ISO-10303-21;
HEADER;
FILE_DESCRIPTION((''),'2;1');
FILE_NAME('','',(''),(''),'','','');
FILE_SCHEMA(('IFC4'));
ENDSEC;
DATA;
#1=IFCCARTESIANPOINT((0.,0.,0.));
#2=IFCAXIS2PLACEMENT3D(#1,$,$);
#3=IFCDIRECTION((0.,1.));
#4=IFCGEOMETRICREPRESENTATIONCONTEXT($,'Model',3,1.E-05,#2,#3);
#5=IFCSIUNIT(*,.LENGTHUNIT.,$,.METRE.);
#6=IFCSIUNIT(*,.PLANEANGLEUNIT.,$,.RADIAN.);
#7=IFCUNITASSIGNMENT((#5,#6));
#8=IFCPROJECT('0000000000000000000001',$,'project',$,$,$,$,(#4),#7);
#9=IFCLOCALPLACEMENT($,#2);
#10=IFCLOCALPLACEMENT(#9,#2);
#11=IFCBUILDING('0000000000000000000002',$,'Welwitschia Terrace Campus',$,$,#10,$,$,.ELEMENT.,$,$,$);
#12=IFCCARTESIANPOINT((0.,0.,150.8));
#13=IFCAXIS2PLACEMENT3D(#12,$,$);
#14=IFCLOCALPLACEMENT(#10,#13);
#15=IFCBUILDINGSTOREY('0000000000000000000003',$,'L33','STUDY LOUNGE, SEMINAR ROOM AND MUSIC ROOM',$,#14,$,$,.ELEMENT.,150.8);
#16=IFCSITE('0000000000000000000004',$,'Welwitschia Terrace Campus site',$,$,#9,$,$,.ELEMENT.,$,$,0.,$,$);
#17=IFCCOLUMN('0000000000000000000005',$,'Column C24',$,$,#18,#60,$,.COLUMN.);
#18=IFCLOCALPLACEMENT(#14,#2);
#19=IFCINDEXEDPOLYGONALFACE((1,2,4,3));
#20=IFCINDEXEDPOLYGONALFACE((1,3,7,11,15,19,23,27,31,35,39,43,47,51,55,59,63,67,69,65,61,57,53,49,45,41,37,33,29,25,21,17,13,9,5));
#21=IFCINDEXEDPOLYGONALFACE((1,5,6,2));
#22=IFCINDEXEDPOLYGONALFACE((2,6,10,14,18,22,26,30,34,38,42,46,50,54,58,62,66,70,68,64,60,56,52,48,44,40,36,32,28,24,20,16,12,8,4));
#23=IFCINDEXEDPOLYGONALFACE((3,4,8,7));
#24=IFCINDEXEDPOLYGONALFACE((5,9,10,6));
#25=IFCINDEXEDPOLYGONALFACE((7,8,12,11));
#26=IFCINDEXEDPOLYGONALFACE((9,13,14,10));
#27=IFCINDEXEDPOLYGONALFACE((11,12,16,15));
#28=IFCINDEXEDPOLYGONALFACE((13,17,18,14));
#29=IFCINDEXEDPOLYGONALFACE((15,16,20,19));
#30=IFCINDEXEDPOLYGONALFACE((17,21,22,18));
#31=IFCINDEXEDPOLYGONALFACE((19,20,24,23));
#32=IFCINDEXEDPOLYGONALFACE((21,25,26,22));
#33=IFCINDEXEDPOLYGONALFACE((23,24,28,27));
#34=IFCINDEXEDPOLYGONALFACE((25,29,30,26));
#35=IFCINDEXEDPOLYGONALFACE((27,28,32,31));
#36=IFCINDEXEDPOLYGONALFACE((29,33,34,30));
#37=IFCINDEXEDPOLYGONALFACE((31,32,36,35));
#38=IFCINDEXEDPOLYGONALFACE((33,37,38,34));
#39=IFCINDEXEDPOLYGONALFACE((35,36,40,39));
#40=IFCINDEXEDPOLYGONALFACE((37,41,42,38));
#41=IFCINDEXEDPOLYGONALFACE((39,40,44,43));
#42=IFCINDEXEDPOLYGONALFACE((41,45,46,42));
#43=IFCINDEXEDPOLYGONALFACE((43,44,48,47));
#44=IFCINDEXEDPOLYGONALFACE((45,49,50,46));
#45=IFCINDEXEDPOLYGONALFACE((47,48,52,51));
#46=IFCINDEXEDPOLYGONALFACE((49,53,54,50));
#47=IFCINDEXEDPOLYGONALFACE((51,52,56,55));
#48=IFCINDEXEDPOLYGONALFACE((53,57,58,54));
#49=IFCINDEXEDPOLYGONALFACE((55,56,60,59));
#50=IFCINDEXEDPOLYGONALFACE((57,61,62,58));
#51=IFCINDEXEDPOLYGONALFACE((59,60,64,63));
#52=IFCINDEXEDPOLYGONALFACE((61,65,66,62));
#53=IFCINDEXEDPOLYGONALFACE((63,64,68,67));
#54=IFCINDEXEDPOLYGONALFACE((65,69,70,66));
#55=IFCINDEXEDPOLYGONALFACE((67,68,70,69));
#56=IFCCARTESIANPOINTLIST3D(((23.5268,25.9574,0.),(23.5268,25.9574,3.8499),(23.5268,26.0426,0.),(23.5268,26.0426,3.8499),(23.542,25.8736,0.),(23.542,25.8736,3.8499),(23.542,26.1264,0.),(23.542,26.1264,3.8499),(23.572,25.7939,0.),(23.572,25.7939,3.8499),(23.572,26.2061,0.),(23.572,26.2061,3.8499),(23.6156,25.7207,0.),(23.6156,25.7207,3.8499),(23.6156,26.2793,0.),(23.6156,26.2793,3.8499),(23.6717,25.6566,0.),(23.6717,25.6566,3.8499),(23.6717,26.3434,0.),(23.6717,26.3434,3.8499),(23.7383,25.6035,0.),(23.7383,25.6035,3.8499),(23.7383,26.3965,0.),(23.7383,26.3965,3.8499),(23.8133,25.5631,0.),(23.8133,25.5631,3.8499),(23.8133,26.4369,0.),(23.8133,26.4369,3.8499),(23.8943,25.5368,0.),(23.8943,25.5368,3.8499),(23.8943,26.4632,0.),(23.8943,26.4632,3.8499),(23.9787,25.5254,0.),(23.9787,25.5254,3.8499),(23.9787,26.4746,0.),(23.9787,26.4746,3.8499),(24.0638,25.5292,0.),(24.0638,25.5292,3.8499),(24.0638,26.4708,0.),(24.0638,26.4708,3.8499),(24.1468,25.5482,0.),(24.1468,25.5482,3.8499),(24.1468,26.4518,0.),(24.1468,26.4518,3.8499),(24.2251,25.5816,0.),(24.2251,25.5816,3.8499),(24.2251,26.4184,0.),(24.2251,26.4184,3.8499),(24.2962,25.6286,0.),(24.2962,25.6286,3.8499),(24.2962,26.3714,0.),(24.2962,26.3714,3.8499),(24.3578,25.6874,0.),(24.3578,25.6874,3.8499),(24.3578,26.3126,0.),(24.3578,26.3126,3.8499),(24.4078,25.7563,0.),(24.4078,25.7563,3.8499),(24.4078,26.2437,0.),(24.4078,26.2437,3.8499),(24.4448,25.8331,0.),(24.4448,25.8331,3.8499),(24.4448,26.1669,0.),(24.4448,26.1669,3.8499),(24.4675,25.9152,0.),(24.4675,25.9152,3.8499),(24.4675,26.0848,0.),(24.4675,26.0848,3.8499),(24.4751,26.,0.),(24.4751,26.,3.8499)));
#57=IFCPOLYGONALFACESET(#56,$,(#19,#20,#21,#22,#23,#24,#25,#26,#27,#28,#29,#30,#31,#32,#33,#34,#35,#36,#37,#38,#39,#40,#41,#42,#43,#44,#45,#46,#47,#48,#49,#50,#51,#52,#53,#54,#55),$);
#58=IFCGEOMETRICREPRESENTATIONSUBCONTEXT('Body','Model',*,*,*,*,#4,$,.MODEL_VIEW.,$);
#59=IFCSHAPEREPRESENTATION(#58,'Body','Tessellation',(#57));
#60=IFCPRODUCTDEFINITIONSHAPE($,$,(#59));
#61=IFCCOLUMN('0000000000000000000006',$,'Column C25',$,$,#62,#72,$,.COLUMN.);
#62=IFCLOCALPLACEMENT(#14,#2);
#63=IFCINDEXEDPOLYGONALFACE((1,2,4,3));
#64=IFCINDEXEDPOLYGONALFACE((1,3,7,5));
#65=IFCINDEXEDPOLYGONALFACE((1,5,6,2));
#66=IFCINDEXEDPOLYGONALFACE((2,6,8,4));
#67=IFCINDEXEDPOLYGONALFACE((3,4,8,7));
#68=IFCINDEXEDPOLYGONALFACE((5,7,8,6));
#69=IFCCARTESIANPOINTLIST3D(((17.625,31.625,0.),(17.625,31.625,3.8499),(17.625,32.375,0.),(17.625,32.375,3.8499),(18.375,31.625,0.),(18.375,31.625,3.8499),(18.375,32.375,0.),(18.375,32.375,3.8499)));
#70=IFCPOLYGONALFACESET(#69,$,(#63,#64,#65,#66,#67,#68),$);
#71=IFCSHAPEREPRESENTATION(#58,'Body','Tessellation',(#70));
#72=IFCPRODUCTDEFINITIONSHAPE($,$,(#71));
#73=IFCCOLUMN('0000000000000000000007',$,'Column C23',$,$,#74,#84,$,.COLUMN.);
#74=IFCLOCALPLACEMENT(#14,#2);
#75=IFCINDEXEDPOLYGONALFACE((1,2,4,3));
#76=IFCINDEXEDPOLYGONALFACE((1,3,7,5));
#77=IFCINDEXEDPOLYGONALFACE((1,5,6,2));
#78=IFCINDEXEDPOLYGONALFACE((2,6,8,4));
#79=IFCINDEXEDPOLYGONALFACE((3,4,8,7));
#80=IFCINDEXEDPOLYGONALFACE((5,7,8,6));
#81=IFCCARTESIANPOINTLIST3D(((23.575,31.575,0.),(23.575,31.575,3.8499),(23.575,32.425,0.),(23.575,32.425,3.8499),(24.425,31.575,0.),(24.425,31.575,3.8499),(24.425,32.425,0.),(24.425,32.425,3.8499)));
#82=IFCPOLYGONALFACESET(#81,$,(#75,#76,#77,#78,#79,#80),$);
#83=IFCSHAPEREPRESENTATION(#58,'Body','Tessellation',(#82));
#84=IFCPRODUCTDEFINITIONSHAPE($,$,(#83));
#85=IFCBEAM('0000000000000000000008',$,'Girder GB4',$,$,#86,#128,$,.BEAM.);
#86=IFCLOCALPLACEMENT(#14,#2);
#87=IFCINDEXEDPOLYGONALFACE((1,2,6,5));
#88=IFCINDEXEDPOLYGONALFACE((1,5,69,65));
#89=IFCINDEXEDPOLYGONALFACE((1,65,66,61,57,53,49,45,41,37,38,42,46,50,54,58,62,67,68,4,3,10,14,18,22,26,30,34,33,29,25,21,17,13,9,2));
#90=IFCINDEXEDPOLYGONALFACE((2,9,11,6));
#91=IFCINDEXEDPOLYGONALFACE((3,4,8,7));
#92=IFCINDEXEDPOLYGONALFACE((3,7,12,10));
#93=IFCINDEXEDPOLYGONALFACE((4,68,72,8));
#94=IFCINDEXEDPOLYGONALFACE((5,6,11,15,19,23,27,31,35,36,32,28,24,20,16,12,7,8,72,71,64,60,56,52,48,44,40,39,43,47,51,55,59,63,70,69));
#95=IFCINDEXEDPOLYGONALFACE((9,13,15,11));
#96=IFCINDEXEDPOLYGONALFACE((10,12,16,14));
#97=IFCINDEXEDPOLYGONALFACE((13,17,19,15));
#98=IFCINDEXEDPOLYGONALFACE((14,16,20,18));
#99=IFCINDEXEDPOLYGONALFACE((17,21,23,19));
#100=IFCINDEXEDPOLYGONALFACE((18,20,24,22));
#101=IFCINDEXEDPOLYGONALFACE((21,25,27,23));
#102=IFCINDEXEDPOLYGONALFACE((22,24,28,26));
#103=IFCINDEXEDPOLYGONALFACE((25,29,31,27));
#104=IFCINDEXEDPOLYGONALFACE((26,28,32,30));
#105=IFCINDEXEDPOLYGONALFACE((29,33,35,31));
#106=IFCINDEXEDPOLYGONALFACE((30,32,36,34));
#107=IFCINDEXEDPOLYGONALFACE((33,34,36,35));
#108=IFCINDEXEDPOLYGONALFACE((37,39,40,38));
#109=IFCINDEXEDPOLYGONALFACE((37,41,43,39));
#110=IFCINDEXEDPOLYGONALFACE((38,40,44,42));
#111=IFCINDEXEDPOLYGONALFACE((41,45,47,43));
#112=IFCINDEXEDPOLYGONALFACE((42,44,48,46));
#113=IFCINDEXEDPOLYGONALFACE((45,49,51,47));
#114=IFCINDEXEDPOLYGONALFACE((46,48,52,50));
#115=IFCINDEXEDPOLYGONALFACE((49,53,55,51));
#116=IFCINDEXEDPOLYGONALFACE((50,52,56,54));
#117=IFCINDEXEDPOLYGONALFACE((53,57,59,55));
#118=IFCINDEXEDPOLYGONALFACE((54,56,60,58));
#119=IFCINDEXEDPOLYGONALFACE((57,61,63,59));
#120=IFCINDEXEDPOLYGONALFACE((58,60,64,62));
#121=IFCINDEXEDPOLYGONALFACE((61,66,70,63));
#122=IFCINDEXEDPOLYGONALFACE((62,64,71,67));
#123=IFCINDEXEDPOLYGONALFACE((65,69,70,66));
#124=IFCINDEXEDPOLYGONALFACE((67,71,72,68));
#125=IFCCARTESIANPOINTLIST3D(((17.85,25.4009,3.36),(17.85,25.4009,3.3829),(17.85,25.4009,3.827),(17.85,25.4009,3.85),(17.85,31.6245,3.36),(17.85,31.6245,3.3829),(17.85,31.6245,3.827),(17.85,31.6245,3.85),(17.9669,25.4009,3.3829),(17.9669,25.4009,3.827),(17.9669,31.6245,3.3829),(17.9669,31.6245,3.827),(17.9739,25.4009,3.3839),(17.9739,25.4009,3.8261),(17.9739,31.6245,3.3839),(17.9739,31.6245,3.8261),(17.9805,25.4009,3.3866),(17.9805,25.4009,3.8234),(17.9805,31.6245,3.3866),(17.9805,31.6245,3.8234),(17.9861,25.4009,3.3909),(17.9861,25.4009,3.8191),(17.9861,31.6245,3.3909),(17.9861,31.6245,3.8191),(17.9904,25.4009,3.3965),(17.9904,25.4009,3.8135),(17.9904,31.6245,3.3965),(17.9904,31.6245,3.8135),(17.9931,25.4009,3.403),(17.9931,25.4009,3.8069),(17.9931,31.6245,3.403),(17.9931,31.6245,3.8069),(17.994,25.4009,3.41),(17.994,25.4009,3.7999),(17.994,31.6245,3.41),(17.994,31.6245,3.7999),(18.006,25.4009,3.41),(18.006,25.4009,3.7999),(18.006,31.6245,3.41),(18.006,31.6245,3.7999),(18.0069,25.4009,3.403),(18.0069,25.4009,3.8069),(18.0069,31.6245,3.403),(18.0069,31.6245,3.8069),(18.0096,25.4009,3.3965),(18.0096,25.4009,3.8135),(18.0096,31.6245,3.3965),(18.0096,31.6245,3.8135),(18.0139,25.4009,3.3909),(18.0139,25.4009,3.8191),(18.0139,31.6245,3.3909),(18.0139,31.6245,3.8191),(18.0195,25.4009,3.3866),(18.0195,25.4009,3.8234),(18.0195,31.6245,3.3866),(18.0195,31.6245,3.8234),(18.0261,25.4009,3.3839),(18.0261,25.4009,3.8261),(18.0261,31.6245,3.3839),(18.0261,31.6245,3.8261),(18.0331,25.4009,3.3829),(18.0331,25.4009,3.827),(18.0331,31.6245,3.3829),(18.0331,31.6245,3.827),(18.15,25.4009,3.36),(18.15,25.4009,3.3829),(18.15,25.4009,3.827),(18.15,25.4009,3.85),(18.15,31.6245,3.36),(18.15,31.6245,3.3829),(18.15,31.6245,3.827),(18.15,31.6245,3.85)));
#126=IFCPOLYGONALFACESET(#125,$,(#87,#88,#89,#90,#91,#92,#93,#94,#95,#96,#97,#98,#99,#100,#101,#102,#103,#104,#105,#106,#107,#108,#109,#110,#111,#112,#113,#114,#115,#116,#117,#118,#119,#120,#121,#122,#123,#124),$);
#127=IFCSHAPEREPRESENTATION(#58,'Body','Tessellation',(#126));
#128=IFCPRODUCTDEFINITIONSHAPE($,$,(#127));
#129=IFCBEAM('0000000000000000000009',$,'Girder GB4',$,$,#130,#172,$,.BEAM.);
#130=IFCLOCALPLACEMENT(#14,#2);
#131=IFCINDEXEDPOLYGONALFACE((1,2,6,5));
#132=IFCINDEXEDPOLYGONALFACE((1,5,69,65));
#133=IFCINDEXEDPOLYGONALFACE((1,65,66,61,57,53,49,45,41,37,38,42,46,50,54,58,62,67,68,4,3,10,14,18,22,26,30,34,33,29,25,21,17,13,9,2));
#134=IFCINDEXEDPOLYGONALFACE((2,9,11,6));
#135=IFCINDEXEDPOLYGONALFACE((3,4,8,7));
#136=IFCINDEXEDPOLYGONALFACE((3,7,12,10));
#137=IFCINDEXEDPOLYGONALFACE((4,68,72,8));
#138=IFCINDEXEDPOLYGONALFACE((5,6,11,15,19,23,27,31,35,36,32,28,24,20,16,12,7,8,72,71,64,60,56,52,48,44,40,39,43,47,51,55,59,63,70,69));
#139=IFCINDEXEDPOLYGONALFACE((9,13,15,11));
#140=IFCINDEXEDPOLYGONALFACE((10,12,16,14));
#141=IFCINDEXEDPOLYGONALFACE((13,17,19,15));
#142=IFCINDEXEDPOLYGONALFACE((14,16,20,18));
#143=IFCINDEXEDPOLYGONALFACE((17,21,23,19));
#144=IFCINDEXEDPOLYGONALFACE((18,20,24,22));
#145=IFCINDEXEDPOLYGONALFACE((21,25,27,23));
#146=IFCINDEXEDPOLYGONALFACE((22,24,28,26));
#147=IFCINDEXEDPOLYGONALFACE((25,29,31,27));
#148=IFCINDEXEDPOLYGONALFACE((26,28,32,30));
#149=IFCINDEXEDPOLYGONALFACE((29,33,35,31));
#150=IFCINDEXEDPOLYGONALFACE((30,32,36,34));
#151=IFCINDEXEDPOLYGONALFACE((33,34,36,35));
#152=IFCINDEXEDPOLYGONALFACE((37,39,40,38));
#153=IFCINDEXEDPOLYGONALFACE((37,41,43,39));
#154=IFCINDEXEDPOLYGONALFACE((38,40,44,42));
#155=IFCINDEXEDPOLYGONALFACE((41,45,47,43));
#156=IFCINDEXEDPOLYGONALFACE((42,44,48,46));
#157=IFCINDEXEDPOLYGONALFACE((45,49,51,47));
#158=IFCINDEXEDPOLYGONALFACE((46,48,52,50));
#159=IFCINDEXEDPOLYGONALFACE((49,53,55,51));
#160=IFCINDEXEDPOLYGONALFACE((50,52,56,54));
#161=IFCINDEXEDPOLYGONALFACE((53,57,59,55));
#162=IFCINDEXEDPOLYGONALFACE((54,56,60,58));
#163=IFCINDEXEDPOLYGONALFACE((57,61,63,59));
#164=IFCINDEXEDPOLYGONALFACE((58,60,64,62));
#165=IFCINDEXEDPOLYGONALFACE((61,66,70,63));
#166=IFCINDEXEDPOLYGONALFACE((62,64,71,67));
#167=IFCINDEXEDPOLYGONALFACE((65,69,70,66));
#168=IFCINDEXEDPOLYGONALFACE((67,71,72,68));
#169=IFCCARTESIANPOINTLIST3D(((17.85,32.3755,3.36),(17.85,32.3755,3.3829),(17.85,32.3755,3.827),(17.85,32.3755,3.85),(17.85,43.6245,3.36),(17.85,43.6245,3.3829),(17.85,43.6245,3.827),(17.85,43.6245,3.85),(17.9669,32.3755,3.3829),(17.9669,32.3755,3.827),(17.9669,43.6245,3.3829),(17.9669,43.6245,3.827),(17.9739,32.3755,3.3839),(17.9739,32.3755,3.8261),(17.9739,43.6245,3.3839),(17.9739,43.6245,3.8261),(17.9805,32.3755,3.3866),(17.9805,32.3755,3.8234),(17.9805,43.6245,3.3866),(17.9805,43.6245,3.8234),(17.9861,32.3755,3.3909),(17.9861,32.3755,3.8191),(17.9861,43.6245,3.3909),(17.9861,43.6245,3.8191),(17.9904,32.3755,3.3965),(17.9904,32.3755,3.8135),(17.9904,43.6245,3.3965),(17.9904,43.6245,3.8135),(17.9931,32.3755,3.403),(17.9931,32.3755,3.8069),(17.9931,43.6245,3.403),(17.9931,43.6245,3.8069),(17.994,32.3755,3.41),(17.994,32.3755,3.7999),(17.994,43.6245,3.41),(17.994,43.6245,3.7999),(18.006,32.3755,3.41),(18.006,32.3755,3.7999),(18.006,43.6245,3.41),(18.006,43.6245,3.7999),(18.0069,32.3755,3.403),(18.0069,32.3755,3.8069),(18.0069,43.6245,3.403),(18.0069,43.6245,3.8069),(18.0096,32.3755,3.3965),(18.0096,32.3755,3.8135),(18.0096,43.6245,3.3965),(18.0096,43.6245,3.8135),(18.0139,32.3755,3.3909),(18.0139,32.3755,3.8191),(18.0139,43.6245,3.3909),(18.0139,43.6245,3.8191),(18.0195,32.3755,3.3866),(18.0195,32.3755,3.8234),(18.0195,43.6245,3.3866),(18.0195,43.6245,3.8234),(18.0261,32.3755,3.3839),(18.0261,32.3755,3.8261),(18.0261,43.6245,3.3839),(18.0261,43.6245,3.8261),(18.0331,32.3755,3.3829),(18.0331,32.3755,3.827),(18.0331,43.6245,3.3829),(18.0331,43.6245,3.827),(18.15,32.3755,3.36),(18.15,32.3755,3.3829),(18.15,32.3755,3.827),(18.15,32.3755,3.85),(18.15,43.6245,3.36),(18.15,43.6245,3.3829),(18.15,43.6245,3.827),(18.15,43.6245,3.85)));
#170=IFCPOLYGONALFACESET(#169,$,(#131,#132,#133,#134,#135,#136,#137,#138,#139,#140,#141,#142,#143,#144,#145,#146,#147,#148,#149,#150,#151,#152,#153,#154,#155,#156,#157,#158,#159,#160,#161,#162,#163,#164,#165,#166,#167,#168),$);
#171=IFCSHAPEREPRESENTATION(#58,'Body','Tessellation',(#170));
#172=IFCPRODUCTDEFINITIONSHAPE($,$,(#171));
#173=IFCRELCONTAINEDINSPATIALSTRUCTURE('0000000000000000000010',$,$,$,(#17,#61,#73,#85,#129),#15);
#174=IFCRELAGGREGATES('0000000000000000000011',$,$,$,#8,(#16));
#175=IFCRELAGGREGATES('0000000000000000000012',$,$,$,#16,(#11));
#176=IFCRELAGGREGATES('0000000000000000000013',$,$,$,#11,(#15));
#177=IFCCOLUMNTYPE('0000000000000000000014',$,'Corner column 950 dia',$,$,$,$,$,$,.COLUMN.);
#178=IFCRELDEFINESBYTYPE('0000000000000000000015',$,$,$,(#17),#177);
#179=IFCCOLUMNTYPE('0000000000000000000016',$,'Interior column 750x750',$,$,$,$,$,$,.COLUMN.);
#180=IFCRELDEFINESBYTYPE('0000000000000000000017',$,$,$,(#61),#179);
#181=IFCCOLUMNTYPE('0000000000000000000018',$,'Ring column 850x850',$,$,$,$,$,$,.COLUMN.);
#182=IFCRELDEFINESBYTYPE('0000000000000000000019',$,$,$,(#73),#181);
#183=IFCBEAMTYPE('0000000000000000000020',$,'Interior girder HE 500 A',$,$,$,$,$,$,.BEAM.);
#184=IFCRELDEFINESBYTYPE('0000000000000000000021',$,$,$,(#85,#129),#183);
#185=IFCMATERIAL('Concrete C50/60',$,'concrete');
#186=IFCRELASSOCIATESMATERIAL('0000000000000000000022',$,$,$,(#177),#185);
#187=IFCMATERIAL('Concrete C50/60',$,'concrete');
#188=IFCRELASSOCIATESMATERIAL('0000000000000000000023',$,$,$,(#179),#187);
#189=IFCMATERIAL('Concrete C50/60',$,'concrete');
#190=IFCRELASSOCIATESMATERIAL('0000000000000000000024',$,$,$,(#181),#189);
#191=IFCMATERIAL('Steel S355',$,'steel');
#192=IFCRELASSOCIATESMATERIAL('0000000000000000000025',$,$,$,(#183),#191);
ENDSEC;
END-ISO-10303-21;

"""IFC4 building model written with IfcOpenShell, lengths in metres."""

from ifc_helpers import new_model, si_unit, direction, frame, origin, origin_2d, place, context, subcontext, project, spatial, rectangle, circle, i_section, extrude, material, material_profile, profile_set, type_object, element, save


model = new_model("IFC4")

# Units and contexts
model_context = context("Model", 3, precision=1e-05, world=origin(), true_north=direction((0.0, 1.0)))
body_context = subcontext(model_context, "Body", "Model", "MODEL_VIEW")
ifc_project = project(units=[si_unit("LENGTHUNIT", "METRE"), si_unit("PLANEANGLEUNIT", "RADIAN")], contexts=[model_context])

# Site, building, storey
site_placement = place(None, origin())
site = spatial("IfcSite", under=ifc_project, at=site_placement, Name="Welwitschia Terrace Campus site", CompositionType="ELEMENT", RefElevation=0.0)
building_placement = place(site_placement, origin())
building = spatial("IfcBuilding", under=site, at=building_placement, Name="Welwitschia Terrace Campus", CompositionType="ELEMENT")
storey_placement = place(building_placement, frame((0.0, 0.0, 150.8)))
storey = spatial("IfcBuildingStorey", under=building, at=storey_placement, Name="L33", Description="STUDY LOUNGE, SEMINAR ROOM AND MUSIC ROOM", CompositionType="ELEMENT", Elevation=150.8)

# Columns
ifc_material_1 = material(Name="Concrete C50/60", Category="concrete")
ifc_material_profile_1 = material_profile(ifc_material_1, circle(Radius=0.4751, at=origin_2d()))
ifc_profile_set_1 = profile_set([ifc_material_profile_1], Name="Concrete C50/60")
column_type_1 = type_object("IfcColumnType", Name="Corner column 950 dia", PredefinedType="COLUMN", material=ifc_profile_set_1)
column_1_placement = place(storey_placement, frame((24.0, 26.0, 0.0), z_axis=(0.0, 0.0, 1.0), x_axis=(1.0, 0.0, 0.0)))
element("IfcColumn", 1, at=column_1_placement, inside=storey, type_object=column_type_1, Name="Column C24", PredefinedType="COLUMN", context=body_context, shape_type="SweptSolid", body=[
    extrude(circle(Radius=0.4751, at=origin_2d()), origin(), (0.0, 0.0, 1.0), 3.8499),
])
ifc_material_2 = material(Name="Concrete C50/60", Category="concrete")
ifc_material_profile_2 = material_profile(ifc_material_2, rectangle(XDim=0.75, YDim=0.75, at=origin_2d()))
ifc_profile_set_2 = profile_set([ifc_material_profile_2], Name="Concrete C50/60")
column_type_2 = type_object("IfcColumnType", Name="Interior column 750x750", PredefinedType="COLUMN", material=ifc_profile_set_2)
column_2_placement = place(storey_placement, frame((18.0, 32.0, 0.0), z_axis=(0.0, 0.0, 1.0), x_axis=(1.0, 0.0, 0.0)))
element("IfcColumn", 2, at=column_2_placement, inside=storey, type_object=column_type_2, Name="Column C25", PredefinedType="COLUMN", context=body_context, shape_type="SweptSolid", body=[
    extrude(rectangle(XDim=0.75, YDim=0.75, at=origin_2d()), origin(), (0.0, 0.0, 1.0), 3.8499),
])
ifc_material_3 = material(Name="Concrete C50/60", Category="concrete")
ifc_material_profile_3 = material_profile(ifc_material_3, rectangle(XDim=0.8501, YDim=0.8501, at=origin_2d()))
ifc_profile_set_3 = profile_set([ifc_material_profile_3], Name="Concrete C50/60")
column_type_3 = type_object("IfcColumnType", Name="Ring column 850x850", PredefinedType="COLUMN", material=ifc_profile_set_3)
column_3_placement = place(storey_placement, frame((24.0, 32.0, 0.0), z_axis=(0.0, 0.0, 1.0), x_axis=(1.0, 0.0, 0.0)))
element("IfcColumn", 3, at=column_3_placement, inside=storey, type_object=column_type_3, Name="Column C23", PredefinedType="COLUMN", context=body_context, shape_type="SweptSolid", body=[
    extrude(rectangle(XDim=0.8501, YDim=0.8501, at=origin_2d()), origin(), (0.0, 0.0, 1.0), 3.8499),
])

# Beams
ifc_material_4 = material(Name="Steel S355", Category="steel")
ifc_material_profile_4 = material_profile(ifc_material_4, i_section(OverallWidth=0.3, OverallDepth=0.49, WebThickness=0.012, FlangeThickness=0.0229, FilletRadius=0.0271, at=origin_2d()))
ifc_profile_set_4 = profile_set([ifc_material_profile_4], Name="Steel S355")
beam_type_1 = type_object("IfcBeamType", Name="Interior girder HE 500 A", PredefinedType="BEAM", material=ifc_profile_set_4)
beam_1_placement = place(storey_placement, frame((18.0, 25.4009, 3.605), z_axis=(0.0, 1.0, 0.0), x_axis=(-1.0, 0.0, 0.0)))
element("IfcBeam", 4, at=beam_1_placement, inside=storey, type_object=beam_type_1, Name="Girder GB4", PredefinedType="BEAM", context=body_context, shape_type="SweptSolid", body=[
    extrude(i_section(OverallWidth=0.3, OverallDepth=0.49, WebThickness=0.012, FlangeThickness=0.0229, FilletRadius=0.0271, at=origin_2d()), origin(), (0.0, 0.0, 1.0), 6.2236),
])
beam_2_placement = place(storey_placement, frame((18.0, 32.3755, 3.605), z_axis=(0.0, 1.0, 0.0), x_axis=(-1.0, 0.0, 0.0)))
element("IfcBeam", 5, at=beam_2_placement, inside=storey, type_object=beam_type_1, Name="Girder GB4", PredefinedType="BEAM", context=body_context, shape_type="SweptSolid", body=[
    extrude(i_section(OverallWidth=0.3, OverallDepth=0.49, WebThickness=0.012, FlangeThickness=0.0229, FilletRadius=0.0271, at=origin_2d()), origin(), (0.0, 0.0, 1.0), 11.249),
])

save(model, "model.ifc")
